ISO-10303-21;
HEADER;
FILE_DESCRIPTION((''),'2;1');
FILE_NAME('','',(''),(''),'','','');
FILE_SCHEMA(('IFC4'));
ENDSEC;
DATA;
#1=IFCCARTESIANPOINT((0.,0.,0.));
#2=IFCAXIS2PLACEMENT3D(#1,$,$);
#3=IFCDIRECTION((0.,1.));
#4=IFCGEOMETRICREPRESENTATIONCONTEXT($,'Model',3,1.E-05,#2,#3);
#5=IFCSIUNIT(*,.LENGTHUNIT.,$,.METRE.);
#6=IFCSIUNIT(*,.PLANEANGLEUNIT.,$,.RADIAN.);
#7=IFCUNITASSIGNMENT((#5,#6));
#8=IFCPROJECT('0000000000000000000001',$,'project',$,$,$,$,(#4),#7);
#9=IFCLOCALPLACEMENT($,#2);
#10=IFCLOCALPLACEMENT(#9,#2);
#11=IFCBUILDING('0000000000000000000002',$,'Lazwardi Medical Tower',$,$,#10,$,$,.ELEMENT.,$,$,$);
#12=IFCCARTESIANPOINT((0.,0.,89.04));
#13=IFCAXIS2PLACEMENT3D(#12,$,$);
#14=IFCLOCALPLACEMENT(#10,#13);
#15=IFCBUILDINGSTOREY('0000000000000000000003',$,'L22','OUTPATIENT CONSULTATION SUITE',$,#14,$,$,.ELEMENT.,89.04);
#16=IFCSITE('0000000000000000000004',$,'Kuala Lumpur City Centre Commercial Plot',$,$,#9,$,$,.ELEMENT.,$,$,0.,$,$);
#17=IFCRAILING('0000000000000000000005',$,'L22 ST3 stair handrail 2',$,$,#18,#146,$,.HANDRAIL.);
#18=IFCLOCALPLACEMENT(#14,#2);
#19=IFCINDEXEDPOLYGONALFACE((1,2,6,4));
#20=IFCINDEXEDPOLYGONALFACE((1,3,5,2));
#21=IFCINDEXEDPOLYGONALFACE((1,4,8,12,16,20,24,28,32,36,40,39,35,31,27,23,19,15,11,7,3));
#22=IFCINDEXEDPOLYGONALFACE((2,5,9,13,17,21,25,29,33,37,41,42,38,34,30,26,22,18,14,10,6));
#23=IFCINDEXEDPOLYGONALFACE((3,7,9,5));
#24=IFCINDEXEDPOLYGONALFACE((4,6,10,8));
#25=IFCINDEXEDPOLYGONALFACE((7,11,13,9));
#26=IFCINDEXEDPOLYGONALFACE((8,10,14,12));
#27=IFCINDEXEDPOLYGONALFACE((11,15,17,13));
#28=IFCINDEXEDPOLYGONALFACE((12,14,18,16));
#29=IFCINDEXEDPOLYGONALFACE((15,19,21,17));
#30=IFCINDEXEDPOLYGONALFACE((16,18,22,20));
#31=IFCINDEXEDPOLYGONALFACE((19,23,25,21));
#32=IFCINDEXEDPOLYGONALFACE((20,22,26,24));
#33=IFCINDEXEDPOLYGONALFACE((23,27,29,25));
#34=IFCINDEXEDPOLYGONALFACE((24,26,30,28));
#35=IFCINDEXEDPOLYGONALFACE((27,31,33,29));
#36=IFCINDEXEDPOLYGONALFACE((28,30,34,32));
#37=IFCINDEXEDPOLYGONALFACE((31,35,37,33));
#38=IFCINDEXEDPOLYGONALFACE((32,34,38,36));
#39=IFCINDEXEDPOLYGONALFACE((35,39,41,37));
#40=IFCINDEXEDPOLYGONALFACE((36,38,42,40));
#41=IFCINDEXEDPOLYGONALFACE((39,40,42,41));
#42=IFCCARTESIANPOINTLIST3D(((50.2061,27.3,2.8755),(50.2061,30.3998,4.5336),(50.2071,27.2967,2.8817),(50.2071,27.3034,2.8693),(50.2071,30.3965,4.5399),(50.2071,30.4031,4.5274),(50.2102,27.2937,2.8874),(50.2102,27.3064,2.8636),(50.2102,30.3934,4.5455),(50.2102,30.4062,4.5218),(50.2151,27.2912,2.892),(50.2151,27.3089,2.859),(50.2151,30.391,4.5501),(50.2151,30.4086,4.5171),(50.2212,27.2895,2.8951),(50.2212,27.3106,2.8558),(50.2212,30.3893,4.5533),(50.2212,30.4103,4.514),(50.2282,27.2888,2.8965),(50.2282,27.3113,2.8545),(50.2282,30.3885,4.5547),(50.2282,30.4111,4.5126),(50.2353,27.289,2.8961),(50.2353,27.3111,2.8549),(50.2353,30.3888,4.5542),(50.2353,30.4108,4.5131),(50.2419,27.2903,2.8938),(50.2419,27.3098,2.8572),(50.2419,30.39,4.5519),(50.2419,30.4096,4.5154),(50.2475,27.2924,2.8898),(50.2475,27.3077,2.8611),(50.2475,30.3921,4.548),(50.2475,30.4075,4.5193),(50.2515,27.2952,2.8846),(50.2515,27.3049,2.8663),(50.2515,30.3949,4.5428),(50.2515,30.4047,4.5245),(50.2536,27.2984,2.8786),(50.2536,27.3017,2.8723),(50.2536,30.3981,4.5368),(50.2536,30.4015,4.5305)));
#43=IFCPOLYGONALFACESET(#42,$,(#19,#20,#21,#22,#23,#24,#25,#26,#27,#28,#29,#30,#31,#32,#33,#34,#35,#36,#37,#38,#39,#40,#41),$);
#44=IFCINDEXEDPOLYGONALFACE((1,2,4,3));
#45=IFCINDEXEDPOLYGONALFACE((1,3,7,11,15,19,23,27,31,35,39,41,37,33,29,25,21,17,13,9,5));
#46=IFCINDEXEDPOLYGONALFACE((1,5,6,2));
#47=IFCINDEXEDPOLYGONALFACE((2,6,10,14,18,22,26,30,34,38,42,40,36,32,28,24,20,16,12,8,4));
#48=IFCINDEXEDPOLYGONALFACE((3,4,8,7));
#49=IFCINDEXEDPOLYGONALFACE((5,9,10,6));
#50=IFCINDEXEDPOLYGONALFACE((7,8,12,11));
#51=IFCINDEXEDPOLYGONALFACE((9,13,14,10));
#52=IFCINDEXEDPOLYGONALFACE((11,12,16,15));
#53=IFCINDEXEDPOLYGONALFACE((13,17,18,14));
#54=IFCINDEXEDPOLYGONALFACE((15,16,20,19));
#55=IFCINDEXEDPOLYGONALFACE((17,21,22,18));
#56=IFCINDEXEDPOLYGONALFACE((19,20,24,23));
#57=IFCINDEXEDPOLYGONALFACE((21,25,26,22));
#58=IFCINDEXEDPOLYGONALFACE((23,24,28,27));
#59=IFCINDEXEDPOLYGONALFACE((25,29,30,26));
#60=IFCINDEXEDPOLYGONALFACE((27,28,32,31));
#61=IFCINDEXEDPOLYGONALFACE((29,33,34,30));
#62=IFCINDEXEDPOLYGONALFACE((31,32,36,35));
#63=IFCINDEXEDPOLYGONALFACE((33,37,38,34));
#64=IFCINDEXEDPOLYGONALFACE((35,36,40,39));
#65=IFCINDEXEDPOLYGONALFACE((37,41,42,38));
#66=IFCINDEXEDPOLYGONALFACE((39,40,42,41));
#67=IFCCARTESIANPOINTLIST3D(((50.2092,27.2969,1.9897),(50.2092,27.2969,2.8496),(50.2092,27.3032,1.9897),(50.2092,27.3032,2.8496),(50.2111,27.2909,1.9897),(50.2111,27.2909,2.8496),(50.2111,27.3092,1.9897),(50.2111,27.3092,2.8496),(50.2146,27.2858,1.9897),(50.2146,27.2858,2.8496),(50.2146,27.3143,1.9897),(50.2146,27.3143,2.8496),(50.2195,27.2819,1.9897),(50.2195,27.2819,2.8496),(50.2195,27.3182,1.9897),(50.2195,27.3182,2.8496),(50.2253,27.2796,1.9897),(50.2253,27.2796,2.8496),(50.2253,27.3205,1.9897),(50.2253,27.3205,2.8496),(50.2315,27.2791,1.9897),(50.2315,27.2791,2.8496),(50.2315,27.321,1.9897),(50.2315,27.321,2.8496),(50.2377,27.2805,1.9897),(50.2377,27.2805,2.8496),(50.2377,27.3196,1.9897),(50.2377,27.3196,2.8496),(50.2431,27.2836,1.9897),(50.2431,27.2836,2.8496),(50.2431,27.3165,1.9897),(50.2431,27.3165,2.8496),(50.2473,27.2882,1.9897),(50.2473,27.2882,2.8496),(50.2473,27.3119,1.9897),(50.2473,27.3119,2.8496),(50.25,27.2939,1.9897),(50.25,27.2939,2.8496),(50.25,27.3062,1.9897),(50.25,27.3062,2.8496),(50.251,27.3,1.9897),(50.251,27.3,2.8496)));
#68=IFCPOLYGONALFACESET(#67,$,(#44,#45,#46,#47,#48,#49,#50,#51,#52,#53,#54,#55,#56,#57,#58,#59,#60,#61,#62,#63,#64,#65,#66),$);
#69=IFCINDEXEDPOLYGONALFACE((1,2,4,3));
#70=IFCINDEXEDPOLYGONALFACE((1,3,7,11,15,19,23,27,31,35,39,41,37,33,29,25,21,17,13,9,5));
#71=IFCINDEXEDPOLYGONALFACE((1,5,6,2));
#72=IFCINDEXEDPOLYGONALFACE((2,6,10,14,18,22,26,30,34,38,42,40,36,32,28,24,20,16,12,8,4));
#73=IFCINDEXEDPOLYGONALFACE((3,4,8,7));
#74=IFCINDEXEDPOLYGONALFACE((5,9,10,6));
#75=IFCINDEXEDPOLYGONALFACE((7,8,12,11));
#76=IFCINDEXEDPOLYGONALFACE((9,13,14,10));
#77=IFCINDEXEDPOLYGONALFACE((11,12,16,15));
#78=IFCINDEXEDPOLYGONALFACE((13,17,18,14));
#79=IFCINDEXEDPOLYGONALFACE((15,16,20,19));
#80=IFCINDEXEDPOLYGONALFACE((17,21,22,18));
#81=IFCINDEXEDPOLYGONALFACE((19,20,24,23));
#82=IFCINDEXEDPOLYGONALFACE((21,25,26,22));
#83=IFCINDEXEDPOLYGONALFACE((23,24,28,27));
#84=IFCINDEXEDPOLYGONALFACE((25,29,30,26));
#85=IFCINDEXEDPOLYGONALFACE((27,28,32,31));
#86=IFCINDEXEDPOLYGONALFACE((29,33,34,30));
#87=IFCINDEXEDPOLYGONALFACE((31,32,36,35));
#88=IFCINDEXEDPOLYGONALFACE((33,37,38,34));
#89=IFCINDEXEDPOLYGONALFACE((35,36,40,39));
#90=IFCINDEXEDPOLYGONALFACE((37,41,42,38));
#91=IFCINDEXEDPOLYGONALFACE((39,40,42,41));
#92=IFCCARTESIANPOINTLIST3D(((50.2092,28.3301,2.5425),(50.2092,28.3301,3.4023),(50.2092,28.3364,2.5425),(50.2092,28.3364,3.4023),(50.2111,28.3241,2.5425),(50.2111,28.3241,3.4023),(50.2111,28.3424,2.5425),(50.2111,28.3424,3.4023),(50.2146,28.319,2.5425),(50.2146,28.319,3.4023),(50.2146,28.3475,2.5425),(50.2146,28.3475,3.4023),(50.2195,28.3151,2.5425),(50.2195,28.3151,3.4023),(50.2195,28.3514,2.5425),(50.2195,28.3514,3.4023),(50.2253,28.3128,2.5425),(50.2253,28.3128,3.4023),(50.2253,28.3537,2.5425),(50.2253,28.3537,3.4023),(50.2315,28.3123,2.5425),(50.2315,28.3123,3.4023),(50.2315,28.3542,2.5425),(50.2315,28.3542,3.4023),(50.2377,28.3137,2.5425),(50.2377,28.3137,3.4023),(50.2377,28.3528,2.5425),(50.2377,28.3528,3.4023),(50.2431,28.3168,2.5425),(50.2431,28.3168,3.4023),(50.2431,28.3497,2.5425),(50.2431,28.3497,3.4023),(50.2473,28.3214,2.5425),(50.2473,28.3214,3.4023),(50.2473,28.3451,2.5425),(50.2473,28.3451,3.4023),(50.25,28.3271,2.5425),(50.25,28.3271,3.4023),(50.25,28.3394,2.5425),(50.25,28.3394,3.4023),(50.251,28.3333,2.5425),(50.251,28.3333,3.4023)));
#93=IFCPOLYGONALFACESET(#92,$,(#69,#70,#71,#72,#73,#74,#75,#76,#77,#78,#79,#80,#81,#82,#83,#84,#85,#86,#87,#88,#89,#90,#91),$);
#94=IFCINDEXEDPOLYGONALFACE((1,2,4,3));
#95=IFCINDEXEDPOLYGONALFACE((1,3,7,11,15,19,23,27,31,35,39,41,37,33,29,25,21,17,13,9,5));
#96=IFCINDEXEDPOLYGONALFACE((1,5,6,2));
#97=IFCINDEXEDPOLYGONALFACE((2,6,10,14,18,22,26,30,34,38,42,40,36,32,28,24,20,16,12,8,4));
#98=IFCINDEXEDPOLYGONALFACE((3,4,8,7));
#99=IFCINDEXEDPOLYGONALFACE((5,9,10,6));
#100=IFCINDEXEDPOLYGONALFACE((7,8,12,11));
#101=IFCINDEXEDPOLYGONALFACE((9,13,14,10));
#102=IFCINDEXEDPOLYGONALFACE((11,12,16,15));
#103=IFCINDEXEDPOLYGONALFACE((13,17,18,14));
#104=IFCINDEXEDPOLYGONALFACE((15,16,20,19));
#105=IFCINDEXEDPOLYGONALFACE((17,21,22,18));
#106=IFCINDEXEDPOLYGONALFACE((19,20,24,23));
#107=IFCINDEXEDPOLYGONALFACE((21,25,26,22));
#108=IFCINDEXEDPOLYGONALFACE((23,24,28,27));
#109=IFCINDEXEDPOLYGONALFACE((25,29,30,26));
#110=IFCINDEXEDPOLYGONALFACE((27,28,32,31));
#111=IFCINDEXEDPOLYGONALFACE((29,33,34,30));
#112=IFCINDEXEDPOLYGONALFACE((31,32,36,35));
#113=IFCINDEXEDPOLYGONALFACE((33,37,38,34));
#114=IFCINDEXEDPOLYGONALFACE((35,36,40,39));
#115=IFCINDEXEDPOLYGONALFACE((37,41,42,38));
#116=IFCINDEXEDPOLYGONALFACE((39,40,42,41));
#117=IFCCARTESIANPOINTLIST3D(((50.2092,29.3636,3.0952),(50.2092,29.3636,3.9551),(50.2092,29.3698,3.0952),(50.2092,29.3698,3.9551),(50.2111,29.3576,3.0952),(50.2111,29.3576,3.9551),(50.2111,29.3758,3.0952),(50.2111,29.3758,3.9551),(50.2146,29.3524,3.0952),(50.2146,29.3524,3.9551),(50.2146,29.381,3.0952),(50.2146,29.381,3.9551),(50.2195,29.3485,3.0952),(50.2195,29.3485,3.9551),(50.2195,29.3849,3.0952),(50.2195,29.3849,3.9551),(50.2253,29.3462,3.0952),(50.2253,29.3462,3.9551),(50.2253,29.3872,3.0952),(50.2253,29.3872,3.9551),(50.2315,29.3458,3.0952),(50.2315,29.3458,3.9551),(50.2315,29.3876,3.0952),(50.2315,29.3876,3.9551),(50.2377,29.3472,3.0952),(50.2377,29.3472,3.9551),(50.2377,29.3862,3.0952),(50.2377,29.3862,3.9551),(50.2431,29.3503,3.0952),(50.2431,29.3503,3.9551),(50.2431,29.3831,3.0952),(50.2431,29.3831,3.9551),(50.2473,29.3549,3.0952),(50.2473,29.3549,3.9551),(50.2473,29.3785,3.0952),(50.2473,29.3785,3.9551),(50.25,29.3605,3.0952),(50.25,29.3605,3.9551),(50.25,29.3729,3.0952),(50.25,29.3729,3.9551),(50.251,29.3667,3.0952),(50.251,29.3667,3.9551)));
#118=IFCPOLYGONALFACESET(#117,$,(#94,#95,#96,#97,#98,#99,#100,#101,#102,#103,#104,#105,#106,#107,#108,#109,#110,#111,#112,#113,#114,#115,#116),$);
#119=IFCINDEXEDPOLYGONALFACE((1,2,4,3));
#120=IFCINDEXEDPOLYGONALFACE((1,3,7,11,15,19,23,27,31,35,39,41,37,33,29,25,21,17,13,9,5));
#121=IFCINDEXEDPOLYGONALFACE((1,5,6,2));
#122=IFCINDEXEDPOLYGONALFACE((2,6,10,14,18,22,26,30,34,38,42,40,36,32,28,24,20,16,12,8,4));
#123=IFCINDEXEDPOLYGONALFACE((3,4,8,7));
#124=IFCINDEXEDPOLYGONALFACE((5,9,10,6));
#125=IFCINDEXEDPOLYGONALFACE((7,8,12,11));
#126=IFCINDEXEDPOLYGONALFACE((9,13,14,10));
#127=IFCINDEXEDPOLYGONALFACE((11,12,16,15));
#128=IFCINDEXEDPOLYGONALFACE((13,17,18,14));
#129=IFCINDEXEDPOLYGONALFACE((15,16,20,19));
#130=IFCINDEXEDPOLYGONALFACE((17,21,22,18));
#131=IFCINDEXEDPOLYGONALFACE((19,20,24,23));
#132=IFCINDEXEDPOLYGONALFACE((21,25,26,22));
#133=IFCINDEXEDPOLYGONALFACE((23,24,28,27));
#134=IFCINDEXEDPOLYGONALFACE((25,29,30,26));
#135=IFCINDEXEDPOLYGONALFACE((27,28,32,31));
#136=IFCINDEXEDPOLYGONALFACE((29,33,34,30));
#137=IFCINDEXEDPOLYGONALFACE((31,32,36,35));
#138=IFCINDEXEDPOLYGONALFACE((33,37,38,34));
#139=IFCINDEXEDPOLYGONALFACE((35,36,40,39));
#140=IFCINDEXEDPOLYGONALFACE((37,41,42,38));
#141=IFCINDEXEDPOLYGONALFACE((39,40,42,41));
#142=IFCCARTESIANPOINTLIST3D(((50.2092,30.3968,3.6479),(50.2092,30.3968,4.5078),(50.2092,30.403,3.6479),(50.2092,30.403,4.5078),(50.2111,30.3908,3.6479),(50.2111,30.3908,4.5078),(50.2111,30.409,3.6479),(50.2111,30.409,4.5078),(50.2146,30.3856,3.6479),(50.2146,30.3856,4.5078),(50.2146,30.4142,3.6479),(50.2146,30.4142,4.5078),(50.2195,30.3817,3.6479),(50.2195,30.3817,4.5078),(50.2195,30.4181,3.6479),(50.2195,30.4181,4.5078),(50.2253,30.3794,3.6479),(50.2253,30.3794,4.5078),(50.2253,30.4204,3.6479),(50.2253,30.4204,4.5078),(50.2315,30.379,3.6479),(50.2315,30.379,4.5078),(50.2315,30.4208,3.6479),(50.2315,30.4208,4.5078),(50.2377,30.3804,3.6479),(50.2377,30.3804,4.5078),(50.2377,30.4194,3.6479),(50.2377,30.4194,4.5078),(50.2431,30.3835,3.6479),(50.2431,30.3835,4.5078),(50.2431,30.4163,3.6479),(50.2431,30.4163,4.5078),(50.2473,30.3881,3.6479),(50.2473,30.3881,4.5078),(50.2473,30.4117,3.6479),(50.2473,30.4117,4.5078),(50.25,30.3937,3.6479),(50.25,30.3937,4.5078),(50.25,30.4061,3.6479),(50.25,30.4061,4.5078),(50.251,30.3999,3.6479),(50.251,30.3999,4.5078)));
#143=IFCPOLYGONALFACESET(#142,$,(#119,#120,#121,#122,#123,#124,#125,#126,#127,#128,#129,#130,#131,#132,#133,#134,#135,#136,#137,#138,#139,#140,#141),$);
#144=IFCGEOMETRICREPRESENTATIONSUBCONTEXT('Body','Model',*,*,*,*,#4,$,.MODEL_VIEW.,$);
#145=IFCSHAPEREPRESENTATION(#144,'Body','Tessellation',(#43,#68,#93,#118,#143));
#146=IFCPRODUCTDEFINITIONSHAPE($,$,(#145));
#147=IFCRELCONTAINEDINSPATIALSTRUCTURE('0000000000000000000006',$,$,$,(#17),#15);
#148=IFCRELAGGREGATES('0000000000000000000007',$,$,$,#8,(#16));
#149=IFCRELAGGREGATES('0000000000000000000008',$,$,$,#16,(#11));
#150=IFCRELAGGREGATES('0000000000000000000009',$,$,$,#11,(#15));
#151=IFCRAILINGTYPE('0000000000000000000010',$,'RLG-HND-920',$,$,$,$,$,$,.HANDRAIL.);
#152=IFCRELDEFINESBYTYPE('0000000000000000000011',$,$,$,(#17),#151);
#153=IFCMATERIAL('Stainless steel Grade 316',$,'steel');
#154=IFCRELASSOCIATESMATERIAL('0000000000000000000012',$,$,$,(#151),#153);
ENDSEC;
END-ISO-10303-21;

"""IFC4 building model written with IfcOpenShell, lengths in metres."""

from ifc_helpers import new_model, si_unit, direction, frame, origin, origin_2d, place, context, subcontext, project, spatial, circle, extrude, material, type_object, element, save


model = new_model("IFC4")

# Units and contexts
model_context = context("Model", 3, precision=1e-05, world=origin(), true_north=direction((0.0, 1.0)))
body_context = subcontext(model_context, "Body", "Model", "MODEL_VIEW")
ifc_project = project(units=[si_unit("LENGTHUNIT", "METRE"), si_unit("PLANEANGLEUNIT", "RADIAN")], contexts=[model_context])

# Site, building, storey
site_placement = place(None, origin())
site = spatial("IfcSite", under=ifc_project, at=site_placement, Name="Kuala Lumpur City Centre Commercial Plot", CompositionType="ELEMENT", RefElevation=0.0)
building_placement = place(site_placement, origin())
building = spatial("IfcBuilding", under=site, at=building_placement, Name="Lazwardi Medical Tower", CompositionType="ELEMENT")
storey_placement = place(building_placement, frame((0.0, 0.0, 89.04)))
storey = spatial("IfcBuildingStorey", under=building, at=storey_placement, Name="L22", Description="OUTPATIENT CONSULTATION SUITE", CompositionType="ELEMENT", Elevation=89.04)

# Railing
ifc_material_1 = material(Name="Stainless steel Grade 316", Category="steel")
railing_type_1 = type_object("IfcRailingType", Name="RLG-HND-920", PredefinedType="HANDRAIL", material=ifc_material_1)
railing_1_placement = place(storey_placement, frame((50.23, 27.3, 1.9897)))
element("IfcRailing", 1, at=railing_1_placement, inside=storey, type_object=railing_type_1, Name="L22 ST3 stair handrail 2", PredefinedType="HANDRAIL", context=body_context, shape_type="SweptSolid", body=[
    extrude(circle(Radius=0.0239, at=origin_2d()), frame((0.0, 0.0, 0.8857), z_axis=(0.0, 0.881768, 0.471684), x_axis=(-1.0, 0.0, 0.0)), (0.0, 0.0, 1.0), 3.5154),
    extrude(circle(Radius=0.021, at=origin_2d()), origin(), (0.0, 0.0, 1.0), 0.8599),
    extrude(circle(Radius=0.021, at=origin_2d()), frame((0.0, 1.0332, 0.5527)), (0.0, 0.0, 1.0), 0.8599),
    extrude(circle(Radius=0.021, at=origin_2d()), frame((0.0, 2.0667, 1.1055)), (0.0, 0.0, 1.0), 0.8599),
    extrude(circle(Radius=0.021, at=origin_2d()), frame((0.0, 3.0999, 1.6582)), (0.0, 0.0, 1.0), 0.8599),
])

save(model, "model.ifc")
